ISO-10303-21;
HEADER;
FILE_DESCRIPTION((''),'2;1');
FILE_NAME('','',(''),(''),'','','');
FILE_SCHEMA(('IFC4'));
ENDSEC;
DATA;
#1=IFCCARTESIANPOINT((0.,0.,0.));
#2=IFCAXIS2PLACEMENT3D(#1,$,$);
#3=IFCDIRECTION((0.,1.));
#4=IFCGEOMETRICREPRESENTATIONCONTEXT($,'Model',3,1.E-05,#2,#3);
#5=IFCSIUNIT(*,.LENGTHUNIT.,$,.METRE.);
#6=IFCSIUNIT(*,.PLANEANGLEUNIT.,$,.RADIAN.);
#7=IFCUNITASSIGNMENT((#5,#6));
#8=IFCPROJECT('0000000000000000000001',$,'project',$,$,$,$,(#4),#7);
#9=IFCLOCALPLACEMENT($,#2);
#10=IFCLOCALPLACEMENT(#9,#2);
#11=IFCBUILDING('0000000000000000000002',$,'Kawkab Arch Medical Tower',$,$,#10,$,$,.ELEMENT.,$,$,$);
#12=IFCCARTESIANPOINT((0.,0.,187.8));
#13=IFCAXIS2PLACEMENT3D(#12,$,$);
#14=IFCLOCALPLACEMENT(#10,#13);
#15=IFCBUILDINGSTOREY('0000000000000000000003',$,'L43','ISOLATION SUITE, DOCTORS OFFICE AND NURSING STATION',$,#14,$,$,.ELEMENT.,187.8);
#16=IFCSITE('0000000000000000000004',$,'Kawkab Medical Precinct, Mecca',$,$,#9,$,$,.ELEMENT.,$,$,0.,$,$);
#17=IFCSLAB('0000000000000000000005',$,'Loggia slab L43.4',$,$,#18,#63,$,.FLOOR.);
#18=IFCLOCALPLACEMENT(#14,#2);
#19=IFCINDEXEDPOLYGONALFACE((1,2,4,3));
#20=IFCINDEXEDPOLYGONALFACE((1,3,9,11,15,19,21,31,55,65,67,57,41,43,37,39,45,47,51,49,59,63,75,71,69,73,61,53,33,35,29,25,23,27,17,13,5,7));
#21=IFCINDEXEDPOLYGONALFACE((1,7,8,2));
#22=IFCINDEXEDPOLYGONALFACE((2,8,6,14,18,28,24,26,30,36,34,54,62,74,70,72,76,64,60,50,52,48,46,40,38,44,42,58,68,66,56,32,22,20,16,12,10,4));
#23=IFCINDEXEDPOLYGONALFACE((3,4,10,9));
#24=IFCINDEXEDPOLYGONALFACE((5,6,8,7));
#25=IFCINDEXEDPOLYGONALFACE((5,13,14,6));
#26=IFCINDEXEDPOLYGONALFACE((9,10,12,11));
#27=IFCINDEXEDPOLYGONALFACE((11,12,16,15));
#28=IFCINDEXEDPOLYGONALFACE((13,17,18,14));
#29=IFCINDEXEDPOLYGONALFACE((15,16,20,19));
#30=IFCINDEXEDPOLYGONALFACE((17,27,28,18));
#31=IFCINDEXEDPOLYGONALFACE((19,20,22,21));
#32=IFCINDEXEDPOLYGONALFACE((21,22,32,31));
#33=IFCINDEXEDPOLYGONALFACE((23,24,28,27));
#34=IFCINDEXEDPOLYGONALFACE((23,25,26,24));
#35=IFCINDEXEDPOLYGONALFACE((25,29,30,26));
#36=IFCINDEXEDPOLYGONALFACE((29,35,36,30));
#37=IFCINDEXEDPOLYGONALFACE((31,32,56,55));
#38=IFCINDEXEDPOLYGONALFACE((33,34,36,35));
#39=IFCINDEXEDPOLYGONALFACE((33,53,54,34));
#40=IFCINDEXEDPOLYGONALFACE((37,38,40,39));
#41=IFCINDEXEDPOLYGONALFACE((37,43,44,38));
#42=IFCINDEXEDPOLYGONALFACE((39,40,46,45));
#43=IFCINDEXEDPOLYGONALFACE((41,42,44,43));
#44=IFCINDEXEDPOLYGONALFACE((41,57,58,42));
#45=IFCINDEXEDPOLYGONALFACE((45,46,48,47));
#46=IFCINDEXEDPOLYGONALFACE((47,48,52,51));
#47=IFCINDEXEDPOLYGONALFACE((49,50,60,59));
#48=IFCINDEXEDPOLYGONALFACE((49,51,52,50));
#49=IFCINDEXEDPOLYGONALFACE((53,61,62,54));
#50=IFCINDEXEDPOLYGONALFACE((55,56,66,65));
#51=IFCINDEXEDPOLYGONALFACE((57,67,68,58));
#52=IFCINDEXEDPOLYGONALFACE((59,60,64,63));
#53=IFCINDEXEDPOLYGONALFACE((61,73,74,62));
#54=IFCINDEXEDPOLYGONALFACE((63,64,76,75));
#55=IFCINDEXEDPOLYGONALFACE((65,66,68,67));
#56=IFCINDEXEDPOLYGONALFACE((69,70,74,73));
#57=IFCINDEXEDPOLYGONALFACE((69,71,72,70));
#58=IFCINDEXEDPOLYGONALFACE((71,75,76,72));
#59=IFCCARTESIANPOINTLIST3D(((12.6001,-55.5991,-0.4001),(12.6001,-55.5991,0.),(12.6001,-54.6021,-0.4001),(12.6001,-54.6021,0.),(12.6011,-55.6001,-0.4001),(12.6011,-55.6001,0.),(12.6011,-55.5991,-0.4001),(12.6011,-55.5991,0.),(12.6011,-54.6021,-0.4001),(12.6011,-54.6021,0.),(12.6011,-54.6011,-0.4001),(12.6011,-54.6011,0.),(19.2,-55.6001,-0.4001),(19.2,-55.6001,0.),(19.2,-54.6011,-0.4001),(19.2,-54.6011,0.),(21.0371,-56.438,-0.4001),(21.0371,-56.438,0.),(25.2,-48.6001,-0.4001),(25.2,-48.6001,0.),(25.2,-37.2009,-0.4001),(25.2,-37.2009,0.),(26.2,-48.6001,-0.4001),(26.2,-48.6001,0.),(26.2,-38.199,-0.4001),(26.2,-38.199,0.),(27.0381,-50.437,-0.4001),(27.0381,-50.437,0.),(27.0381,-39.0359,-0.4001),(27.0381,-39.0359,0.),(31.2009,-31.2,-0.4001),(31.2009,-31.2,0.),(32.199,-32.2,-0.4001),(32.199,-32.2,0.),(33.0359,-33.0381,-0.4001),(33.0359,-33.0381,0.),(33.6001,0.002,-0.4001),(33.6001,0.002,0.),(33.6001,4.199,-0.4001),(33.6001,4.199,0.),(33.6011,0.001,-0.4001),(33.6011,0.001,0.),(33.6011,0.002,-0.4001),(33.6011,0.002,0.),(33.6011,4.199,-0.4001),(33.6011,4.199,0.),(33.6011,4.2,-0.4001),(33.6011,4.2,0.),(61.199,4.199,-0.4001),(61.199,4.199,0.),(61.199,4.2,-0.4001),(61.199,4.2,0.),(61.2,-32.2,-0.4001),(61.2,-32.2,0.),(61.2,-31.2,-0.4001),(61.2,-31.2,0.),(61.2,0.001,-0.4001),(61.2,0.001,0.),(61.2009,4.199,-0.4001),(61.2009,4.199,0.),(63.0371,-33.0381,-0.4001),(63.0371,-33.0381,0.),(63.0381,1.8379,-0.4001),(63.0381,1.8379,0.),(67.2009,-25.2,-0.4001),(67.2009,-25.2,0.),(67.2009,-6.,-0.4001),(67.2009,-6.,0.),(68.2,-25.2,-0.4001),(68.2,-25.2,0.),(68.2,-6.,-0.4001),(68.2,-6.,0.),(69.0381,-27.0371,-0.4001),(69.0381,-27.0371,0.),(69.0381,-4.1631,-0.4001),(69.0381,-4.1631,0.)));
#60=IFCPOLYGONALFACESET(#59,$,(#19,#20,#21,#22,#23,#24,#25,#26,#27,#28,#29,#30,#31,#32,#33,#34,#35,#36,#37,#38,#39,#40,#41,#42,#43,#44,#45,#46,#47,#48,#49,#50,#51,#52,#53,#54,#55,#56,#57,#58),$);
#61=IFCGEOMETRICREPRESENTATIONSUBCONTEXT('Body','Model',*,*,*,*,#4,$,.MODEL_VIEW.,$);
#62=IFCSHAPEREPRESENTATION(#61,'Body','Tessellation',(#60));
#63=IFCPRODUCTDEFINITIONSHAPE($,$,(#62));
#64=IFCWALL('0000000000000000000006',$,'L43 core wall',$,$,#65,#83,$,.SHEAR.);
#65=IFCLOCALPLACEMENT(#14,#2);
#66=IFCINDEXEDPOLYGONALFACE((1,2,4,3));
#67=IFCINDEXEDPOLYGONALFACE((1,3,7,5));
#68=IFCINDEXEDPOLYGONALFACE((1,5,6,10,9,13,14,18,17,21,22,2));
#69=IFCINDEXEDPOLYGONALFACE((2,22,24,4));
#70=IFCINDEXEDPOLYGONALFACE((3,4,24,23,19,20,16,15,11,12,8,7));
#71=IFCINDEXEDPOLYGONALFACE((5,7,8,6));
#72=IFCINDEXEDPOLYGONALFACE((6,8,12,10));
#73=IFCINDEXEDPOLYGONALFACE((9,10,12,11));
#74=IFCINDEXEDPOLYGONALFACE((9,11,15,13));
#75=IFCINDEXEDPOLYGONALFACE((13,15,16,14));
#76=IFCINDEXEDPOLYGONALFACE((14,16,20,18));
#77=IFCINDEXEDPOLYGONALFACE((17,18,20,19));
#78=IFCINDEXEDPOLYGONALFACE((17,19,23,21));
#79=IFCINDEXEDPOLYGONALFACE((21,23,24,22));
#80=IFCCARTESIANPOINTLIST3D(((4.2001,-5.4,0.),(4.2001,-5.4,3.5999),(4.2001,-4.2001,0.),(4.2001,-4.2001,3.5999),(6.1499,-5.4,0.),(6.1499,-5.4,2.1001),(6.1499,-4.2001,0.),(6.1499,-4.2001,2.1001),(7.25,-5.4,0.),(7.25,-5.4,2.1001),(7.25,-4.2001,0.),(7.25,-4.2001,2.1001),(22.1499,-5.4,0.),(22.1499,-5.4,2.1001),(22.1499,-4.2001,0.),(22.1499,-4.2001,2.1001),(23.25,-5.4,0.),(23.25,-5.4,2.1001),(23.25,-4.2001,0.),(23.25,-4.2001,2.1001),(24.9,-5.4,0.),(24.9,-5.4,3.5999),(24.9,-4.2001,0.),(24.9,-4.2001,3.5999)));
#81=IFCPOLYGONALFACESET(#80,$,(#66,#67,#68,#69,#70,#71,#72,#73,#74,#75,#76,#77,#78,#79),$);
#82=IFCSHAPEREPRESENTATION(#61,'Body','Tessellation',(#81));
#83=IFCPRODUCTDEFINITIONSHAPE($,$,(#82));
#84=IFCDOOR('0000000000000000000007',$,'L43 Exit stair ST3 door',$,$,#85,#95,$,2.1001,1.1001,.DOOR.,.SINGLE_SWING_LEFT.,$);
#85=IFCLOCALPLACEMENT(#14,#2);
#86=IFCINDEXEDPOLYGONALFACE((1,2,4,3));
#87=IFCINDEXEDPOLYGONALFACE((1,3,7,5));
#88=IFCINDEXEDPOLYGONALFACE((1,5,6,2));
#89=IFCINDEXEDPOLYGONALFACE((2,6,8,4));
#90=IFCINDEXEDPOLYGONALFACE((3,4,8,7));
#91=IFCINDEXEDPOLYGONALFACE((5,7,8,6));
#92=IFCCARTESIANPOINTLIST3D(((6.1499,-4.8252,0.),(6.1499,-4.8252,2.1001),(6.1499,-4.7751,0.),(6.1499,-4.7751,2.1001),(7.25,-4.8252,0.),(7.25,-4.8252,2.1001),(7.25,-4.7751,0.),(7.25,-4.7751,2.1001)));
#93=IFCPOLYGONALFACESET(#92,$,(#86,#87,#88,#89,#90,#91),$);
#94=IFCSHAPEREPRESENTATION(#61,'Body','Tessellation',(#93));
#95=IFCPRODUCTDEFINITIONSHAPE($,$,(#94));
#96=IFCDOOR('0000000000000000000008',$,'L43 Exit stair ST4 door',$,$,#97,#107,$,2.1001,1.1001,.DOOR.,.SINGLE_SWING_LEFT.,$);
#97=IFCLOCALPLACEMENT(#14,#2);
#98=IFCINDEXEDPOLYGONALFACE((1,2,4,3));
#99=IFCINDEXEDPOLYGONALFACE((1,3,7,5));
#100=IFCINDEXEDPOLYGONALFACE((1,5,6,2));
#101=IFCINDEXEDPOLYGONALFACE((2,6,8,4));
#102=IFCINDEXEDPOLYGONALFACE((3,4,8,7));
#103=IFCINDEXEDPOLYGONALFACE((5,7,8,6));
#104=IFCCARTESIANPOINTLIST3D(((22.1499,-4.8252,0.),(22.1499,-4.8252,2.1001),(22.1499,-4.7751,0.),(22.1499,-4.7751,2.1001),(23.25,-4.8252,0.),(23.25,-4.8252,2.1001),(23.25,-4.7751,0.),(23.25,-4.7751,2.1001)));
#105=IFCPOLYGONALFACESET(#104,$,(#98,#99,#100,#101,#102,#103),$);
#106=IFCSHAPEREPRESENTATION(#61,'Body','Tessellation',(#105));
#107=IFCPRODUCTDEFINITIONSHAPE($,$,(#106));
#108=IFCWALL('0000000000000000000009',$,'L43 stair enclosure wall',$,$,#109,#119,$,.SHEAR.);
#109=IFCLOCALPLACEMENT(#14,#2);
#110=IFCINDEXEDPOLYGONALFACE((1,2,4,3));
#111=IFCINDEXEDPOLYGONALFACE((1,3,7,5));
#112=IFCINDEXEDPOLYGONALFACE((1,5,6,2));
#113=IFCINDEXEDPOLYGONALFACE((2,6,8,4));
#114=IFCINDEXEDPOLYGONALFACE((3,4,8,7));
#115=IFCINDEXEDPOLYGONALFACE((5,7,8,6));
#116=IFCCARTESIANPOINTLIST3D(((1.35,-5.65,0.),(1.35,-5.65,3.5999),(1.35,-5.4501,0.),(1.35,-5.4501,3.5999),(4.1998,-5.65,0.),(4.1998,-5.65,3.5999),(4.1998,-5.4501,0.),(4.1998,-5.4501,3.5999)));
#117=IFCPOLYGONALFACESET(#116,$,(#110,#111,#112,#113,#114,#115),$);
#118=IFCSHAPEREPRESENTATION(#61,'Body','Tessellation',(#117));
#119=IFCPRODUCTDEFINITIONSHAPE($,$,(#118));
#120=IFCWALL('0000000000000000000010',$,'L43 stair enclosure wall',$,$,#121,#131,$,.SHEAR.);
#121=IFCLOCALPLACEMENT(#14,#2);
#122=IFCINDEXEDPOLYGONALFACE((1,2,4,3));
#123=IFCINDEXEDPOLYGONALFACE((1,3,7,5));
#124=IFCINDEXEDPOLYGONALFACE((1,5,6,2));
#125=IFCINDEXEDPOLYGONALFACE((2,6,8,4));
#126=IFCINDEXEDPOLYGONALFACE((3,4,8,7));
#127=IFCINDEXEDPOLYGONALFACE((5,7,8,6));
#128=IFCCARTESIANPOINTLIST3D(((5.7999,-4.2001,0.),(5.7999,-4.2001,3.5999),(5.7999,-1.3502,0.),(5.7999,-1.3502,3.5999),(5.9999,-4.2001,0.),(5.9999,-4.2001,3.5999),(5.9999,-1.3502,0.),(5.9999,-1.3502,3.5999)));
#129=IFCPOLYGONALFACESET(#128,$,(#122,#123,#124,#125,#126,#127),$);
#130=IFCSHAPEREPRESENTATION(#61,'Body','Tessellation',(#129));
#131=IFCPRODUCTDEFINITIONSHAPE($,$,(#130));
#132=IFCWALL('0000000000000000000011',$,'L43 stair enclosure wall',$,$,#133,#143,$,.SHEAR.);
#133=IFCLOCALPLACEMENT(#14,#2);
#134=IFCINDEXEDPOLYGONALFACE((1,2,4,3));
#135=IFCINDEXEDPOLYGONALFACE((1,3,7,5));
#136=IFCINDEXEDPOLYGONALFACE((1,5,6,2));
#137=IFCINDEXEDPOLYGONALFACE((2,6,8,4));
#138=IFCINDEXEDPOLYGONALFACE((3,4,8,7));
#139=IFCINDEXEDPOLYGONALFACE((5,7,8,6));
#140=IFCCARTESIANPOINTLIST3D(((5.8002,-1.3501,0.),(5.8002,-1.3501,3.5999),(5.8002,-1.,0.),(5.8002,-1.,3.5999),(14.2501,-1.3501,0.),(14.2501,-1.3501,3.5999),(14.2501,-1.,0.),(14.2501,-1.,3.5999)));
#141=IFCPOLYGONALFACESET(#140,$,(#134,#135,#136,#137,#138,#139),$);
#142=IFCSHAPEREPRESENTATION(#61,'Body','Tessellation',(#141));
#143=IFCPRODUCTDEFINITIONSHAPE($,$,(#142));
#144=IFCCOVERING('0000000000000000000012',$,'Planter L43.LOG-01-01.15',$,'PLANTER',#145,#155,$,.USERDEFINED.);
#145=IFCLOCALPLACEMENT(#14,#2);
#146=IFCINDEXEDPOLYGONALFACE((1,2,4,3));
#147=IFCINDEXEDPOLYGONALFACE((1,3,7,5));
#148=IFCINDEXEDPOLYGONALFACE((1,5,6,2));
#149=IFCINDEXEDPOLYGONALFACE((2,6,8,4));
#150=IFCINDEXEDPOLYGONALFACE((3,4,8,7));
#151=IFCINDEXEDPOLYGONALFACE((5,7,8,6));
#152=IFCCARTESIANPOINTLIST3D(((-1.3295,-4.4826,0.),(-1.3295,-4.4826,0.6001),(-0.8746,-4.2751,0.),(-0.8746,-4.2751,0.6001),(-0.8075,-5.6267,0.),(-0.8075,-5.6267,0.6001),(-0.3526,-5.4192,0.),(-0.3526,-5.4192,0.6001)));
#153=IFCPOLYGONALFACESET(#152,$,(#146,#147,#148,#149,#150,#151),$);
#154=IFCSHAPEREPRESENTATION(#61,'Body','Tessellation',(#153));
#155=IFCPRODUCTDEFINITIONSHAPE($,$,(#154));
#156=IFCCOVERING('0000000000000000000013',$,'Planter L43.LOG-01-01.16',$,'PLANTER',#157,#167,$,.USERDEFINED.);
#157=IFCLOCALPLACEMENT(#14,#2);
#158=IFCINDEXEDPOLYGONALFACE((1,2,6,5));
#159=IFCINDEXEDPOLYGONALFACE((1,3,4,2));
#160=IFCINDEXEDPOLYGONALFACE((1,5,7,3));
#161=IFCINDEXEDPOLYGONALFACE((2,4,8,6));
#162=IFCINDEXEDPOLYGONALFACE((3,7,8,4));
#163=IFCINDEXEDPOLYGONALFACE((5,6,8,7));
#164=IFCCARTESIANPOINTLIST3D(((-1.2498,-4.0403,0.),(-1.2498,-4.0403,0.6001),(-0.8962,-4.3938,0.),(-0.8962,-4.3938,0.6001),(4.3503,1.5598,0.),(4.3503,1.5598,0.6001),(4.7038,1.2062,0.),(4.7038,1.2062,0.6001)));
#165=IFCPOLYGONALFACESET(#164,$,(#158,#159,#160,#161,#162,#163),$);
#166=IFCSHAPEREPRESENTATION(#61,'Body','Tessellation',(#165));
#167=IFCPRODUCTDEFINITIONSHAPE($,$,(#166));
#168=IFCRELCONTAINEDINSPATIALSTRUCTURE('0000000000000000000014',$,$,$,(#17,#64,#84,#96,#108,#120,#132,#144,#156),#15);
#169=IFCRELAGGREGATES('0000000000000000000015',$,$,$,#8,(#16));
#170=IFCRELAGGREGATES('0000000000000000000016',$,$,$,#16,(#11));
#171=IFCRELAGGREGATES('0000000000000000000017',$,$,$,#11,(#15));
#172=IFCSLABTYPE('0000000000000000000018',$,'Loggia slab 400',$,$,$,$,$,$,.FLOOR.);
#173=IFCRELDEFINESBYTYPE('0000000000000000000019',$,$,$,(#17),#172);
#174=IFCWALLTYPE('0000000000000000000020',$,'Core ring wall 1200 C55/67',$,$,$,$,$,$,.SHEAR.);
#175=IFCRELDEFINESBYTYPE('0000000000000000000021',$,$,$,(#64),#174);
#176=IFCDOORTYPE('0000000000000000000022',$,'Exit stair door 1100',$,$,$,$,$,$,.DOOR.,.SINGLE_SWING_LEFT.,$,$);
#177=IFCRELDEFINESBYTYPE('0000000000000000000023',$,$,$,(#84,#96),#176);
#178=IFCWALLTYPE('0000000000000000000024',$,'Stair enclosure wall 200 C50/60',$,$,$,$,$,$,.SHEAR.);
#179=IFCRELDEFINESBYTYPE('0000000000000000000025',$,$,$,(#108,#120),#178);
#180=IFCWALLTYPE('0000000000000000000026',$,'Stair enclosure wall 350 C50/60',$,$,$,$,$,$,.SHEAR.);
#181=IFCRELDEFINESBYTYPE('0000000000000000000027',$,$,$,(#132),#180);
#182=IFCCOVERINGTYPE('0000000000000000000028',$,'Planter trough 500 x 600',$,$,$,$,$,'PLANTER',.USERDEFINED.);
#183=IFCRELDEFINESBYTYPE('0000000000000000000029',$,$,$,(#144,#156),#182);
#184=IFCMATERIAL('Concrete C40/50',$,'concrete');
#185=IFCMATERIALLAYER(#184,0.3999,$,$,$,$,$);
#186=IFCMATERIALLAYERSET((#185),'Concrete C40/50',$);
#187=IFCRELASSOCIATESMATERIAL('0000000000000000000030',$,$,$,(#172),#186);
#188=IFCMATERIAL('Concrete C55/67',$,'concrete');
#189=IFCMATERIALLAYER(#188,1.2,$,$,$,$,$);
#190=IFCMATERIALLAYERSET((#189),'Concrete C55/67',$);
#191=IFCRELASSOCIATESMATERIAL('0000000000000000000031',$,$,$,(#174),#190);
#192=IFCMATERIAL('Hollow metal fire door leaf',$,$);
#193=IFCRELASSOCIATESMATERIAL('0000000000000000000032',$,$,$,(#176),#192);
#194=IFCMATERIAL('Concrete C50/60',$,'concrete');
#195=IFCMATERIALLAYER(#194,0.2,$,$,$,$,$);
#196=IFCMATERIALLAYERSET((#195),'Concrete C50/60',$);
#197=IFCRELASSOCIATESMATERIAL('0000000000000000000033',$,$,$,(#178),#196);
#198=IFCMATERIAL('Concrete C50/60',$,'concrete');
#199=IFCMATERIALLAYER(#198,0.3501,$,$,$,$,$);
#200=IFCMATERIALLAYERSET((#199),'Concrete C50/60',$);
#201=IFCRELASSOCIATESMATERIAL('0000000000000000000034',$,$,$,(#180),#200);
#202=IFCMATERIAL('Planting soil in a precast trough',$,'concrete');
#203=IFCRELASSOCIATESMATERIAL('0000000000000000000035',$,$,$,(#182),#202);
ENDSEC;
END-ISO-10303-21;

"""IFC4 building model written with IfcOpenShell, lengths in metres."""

from ifc_helpers import new_model, si_unit, direction, frame, frame_2d, origin, origin_2d, place, context, subcontext, project, spatial, polyline, rectangle, outline, extrude, material, layer, layer_set, material_profile, profile_set, type_object, element, fill, save


model = new_model("IFC4")

# Units and contexts
model_context = context("Model", 3, precision=1e-05, world=origin(), true_north=direction((0.0, 1.0)))
body_context = subcontext(model_context, "Body", "Model", "MODEL_VIEW")
ifc_project = project(units=[si_unit("LENGTHUNIT", "METRE"), si_unit("PLANEANGLEUNIT", "RADIAN")], contexts=[model_context])

# Site, building, storey
site_placement = place(None, origin())
site = spatial("IfcSite", under=ifc_project, at=site_placement, Name="Kawkab Medical Precinct, Mecca", CompositionType="ELEMENT", RefElevation=0.0)
building_placement = place(site_placement, origin())
building = spatial("IfcBuilding", under=site, at=building_placement, Name="Kawkab Arch Medical Tower", CompositionType="ELEMENT")
storey_placement = place(building_placement, frame((0.0, 0.0, 187.8)))
storey = spatial("IfcBuildingStorey", under=building, at=storey_placement, Name="L43", Description="ISOLATION SUITE, DOCTORS OFFICE AND NURSING STATION", CompositionType="ELEMENT", Elevation=187.8)

# Slab
ifc_material_1 = material(Name="Concrete C40/50", Category="concrete")
ifc_layer_1 = layer(ifc_material_1, 0.3999)
ifc_layer_set_1 = layer_set([ifc_layer_1], Name="Concrete C40/50")
slab_type_1 = type_object("IfcSlabType", Name="Loggia slab 400", PredefinedType="FLOOR", material=ifc_layer_set_1)
placement_1 = place(storey_placement, frame((0.0, 0.0, -0.4001)))
element("IfcSlab", 1, at=placement_1, inside=storey, type_object=slab_type_1, Name="Loggia slab L43.4", PredefinedType="FLOOR", context=body_context, shape_type="SweptSolid", body=[
    extrude(outline(polyline([(12.6011, -55.6001), (12.6011, -55.5991), (12.6001, -55.5991), (12.6001, -54.6021), (12.6011, -54.6021), (12.6011, -54.6011), (19.2, -54.6011), (25.2, -48.6001), (25.2, -37.2009), (31.2009, -31.2), (61.2, -31.2), (67.2009, -25.2), (67.2009, -6.0), (61.2, 0.001), (33.6011, 0.001), (33.6011, 0.002), (33.6001, 0.002), (33.6001, 4.199), (33.6011, 4.199), (33.6011, 4.2), (61.199, 4.2), (61.199, 4.199), (61.2009, 4.199), (63.0381, 1.8379), (69.0381, -4.1631), (68.2, -6.0), (68.2, -25.2), (69.0381, -27.0371), (63.0371, -33.0381), (61.2, -32.2), (32.199, -32.2), (33.0359, -33.0381), (27.0381, -39.0359), (26.2, -38.199), (26.2, -48.6001), (27.0381, -50.437), (21.0371, -56.438), (19.2, -55.6001), (12.6011, -55.6001)])), origin(), (0.0, 0.0, 1.0), 0.4001),
])

# Wall, openings, doors
ifc_material_2 = material(Name="Concrete C55/67", Category="concrete")
ifc_layer_2 = layer(ifc_material_2, 1.2)
ifc_layer_set_2 = layer_set([ifc_layer_2], Name="Concrete C55/67")
wall_type_1 = type_object("IfcWallType", Name="Core ring wall 1200 C55/67", PredefinedType="SHEAR", material=ifc_layer_set_2)
wall_1_placement = place(storey_placement, frame((4.2, -4.8, 0.0), z_axis=(0.0, 0.0, 1.0), x_axis=(1.0, 0.0, 0.0)))
wall_1 = element("IfcWall", 2, at=wall_1_placement, inside=storey, type_object=wall_type_1, Name="L43 core wall", PredefinedType="SHEAR", context=body_context, shape_type="SweptSolid", body=[
    extrude(rectangle(XDim=20.7, YDim=1.2, at=frame_2d((10.3501, 0.0))), origin(), (0.0, 0.0, 1.0), 3.5999),
])
opening_1_placement = place(wall_1_placement, frame((1.95, 0.0, 0.0)))
opening_1 = element("IfcOpeningElement", 3, at=opening_1_placement, cuts=wall_1, PredefinedType="OPENING", context=body_context, shape_type="SweptSolid", body=[
    extrude(rectangle(XDim=1.1001, YDim=2.1001, at=frame_2d((0.55, 1.05))), frame((0.0, 0.6099, 0.0), z_axis=(0.0, -1.0, 0.0), x_axis=(1.0, 0.0, 0.0)), (0.0, 0.0, 1.0), 1.22),
])
opening_2_placement = place(wall_1_placement, frame((17.95, 0.0, 0.0)))
opening_2 = element("IfcOpeningElement", 4, at=opening_2_placement, cuts=wall_1, PredefinedType="OPENING", context=body_context, shape_type="SweptSolid", body=[
    extrude(rectangle(XDim=1.1001, YDim=2.1001, at=frame_2d((0.55, 1.05))), frame((0.0, 0.6099, 0.0), z_axis=(0.0, -1.0, 0.0), x_axis=(1.0, 0.0, 0.0)), (0.0, 0.0, 1.0), 1.22),
])
ifc_material_3 = material(Name="Hollow metal fire door leaf")
door_type = type_object("IfcDoorType", Name="Exit stair door 1100", OperationType="SINGLE_SWING_LEFT", PredefinedType="DOOR", material=ifc_material_3)
door_1_placement = place(opening_1_placement, origin())
door_1 = element("IfcDoor", 5, at=door_1_placement, inside=storey, type_object=door_type, Name="L43 Exit stair ST3 door", OperationType="SINGLE_SWING_LEFT", OverallHeight=2.1001, OverallWidth=1.1001, PredefinedType="DOOR", context=body_context, shape_type="SweptSolid", body=[
    extrude(rectangle(XDim=1.1001, YDim=2.1001, at=frame_2d((0.55, 1.05))), frame((0.0, 0.0249, 0.0), z_axis=(0.0, -1.0, 0.0), x_axis=(1.0, 0.0, 0.0)), (0.0, 0.0, 1.0), 0.05),
])
fill(opening_1, door_1)
door_2_placement = place(opening_2_placement, origin())
door_2 = element("IfcDoor", 6, at=door_2_placement, inside=storey, type_object=door_type, Name="L43 Exit stair ST4 door", OperationType="SINGLE_SWING_LEFT", OverallHeight=2.1001, OverallWidth=1.1001, PredefinedType="DOOR", context=body_context, shape_type="SweptSolid", body=[
    extrude(rectangle(XDim=1.1001, YDim=2.1001, at=frame_2d((0.55, 1.05))), frame((0.0, 0.0249, 0.0), z_axis=(0.0, -1.0, 0.0), x_axis=(1.0, 0.0, 0.0)), (0.0, 0.0, 1.0), 0.05),
])
fill(opening_2, door_2)

# Walls
ifc_material_4 = material(Name="Concrete C50/60", Category="concrete")
ifc_layer_3 = layer(ifc_material_4, 0.2)
ifc_layer_set_3 = layer_set([ifc_layer_3], Name="Concrete C50/60")
wall_type_2 = type_object("IfcWallType", Name="Stair enclosure wall 200 C50/60", PredefinedType="SHEAR", material=ifc_layer_set_3)
for number, where, z_axis, x_axis, name in (
    (7, (1.3501, -5.55, 0.0), (0.0, 0.0, 1.0), (1.0, 0.0, 0.0), "L43 stair enclosure wall"),
    (8, (5.8999, -4.2, 0.0), (0.0, 0.0, 1.0), (0.0, 1.0, 0.0), "L43 stair enclosure wall"),
):
    element("IfcWall", number, at=place(storey_placement, frame(where, z_axis=z_axis, x_axis=x_axis)), inside=storey, type_object=wall_type_2, Name=name, PredefinedType="SHEAR", context=body_context, shape_type="SweptSolid", body=[
        extrude(rectangle(XDim=2.8499, YDim=0.2, at=frame_2d((1.4248, 0.0))), origin(), (0.0, 0.0, 1.0), 3.5999),
    ])
ifc_material_5 = material(Name="Concrete C50/60", Category="concrete")
ifc_layer_4 = layer(ifc_material_5, 0.3501)
ifc_layer_set_4 = layer_set([ifc_layer_4], Name="Concrete C50/60")
wall_type_3 = type_object("IfcWallType", Name="Stair enclosure wall 350 C50/60", PredefinedType="SHEAR", material=ifc_layer_set_4)
wall_2_placement = place(storey_placement, frame((5.8, -1.175, 0.0), z_axis=(0.0, 0.0, 1.0), x_axis=(1.0, 0.0, 0.0)))
element("IfcWall", 9, at=wall_2_placement, inside=storey, type_object=wall_type_3, Name="L43 stair enclosure wall", PredefinedType="SHEAR", context=body_context, shape_type="SweptSolid", body=[
    extrude(rectangle(XDim=8.45, YDim=0.3501, at=frame_2d((4.2251, 0.0))), origin(), (0.0, 0.0, 1.0), 3.5999),
])

# Coverings
ifc_material_6 = material(Name="Planting soil in a precast trough", Category="concrete")
ifc_material_profile_1 = material_profile(ifc_material_6, rectangle(XDim=0.5, YDim=0.6001, at=origin_2d()), Name="Trough 500x600")
ifc_profile_set_1 = profile_set([ifc_material_profile_1], Name="Planting soil in a precast trough")
covering_type = type_object("IfcCoveringType", Name="Planter trough 500 x 600", ElementType="PLANTER", PredefinedType="USERDEFINED", material=ifc_profile_set_1)
covering_1_placement = place(storey_placement, frame((-0.5801, -5.5229, 0.3), z_axis=(-0.41509, 0.90978, 0.0), x_axis=(-0.90978, -0.41509, 0.0)))
element("IfcCovering", 10, at=covering_1_placement, inside=storey, type_object=covering_type, Name="Planter L43.LOG-01-01.15", ObjectType="PLANTER", PredefinedType="USERDEFINED", context=body_context, shape_type="SweptSolid", body=[
    extrude(rectangle(XDim=0.5, YDim=0.6001, at=origin_2d()), origin(), (0.0, 0.0, 1.0), 1.2576),
])
covering_2_placement = place(storey_placement, frame((-1.073, -4.217, 0.3), z_axis=(0.707107, 0.707107, 0.0), x_axis=(-0.707107, 0.707107, 0.0)))
element("IfcCovering", 11, at=covering_2_placement, inside=storey, type_object=covering_type, Name="Planter L43.LOG-01-01.16", ObjectType="PLANTER", PredefinedType="USERDEFINED", context=body_context, shape_type="SweptSolid", body=[
    extrude(rectangle(XDim=0.5, YDim=0.6001, at=origin_2d()), origin(), (0.0, 0.0, 1.0), 7.9197),
])

save(model, "model.ifc")
